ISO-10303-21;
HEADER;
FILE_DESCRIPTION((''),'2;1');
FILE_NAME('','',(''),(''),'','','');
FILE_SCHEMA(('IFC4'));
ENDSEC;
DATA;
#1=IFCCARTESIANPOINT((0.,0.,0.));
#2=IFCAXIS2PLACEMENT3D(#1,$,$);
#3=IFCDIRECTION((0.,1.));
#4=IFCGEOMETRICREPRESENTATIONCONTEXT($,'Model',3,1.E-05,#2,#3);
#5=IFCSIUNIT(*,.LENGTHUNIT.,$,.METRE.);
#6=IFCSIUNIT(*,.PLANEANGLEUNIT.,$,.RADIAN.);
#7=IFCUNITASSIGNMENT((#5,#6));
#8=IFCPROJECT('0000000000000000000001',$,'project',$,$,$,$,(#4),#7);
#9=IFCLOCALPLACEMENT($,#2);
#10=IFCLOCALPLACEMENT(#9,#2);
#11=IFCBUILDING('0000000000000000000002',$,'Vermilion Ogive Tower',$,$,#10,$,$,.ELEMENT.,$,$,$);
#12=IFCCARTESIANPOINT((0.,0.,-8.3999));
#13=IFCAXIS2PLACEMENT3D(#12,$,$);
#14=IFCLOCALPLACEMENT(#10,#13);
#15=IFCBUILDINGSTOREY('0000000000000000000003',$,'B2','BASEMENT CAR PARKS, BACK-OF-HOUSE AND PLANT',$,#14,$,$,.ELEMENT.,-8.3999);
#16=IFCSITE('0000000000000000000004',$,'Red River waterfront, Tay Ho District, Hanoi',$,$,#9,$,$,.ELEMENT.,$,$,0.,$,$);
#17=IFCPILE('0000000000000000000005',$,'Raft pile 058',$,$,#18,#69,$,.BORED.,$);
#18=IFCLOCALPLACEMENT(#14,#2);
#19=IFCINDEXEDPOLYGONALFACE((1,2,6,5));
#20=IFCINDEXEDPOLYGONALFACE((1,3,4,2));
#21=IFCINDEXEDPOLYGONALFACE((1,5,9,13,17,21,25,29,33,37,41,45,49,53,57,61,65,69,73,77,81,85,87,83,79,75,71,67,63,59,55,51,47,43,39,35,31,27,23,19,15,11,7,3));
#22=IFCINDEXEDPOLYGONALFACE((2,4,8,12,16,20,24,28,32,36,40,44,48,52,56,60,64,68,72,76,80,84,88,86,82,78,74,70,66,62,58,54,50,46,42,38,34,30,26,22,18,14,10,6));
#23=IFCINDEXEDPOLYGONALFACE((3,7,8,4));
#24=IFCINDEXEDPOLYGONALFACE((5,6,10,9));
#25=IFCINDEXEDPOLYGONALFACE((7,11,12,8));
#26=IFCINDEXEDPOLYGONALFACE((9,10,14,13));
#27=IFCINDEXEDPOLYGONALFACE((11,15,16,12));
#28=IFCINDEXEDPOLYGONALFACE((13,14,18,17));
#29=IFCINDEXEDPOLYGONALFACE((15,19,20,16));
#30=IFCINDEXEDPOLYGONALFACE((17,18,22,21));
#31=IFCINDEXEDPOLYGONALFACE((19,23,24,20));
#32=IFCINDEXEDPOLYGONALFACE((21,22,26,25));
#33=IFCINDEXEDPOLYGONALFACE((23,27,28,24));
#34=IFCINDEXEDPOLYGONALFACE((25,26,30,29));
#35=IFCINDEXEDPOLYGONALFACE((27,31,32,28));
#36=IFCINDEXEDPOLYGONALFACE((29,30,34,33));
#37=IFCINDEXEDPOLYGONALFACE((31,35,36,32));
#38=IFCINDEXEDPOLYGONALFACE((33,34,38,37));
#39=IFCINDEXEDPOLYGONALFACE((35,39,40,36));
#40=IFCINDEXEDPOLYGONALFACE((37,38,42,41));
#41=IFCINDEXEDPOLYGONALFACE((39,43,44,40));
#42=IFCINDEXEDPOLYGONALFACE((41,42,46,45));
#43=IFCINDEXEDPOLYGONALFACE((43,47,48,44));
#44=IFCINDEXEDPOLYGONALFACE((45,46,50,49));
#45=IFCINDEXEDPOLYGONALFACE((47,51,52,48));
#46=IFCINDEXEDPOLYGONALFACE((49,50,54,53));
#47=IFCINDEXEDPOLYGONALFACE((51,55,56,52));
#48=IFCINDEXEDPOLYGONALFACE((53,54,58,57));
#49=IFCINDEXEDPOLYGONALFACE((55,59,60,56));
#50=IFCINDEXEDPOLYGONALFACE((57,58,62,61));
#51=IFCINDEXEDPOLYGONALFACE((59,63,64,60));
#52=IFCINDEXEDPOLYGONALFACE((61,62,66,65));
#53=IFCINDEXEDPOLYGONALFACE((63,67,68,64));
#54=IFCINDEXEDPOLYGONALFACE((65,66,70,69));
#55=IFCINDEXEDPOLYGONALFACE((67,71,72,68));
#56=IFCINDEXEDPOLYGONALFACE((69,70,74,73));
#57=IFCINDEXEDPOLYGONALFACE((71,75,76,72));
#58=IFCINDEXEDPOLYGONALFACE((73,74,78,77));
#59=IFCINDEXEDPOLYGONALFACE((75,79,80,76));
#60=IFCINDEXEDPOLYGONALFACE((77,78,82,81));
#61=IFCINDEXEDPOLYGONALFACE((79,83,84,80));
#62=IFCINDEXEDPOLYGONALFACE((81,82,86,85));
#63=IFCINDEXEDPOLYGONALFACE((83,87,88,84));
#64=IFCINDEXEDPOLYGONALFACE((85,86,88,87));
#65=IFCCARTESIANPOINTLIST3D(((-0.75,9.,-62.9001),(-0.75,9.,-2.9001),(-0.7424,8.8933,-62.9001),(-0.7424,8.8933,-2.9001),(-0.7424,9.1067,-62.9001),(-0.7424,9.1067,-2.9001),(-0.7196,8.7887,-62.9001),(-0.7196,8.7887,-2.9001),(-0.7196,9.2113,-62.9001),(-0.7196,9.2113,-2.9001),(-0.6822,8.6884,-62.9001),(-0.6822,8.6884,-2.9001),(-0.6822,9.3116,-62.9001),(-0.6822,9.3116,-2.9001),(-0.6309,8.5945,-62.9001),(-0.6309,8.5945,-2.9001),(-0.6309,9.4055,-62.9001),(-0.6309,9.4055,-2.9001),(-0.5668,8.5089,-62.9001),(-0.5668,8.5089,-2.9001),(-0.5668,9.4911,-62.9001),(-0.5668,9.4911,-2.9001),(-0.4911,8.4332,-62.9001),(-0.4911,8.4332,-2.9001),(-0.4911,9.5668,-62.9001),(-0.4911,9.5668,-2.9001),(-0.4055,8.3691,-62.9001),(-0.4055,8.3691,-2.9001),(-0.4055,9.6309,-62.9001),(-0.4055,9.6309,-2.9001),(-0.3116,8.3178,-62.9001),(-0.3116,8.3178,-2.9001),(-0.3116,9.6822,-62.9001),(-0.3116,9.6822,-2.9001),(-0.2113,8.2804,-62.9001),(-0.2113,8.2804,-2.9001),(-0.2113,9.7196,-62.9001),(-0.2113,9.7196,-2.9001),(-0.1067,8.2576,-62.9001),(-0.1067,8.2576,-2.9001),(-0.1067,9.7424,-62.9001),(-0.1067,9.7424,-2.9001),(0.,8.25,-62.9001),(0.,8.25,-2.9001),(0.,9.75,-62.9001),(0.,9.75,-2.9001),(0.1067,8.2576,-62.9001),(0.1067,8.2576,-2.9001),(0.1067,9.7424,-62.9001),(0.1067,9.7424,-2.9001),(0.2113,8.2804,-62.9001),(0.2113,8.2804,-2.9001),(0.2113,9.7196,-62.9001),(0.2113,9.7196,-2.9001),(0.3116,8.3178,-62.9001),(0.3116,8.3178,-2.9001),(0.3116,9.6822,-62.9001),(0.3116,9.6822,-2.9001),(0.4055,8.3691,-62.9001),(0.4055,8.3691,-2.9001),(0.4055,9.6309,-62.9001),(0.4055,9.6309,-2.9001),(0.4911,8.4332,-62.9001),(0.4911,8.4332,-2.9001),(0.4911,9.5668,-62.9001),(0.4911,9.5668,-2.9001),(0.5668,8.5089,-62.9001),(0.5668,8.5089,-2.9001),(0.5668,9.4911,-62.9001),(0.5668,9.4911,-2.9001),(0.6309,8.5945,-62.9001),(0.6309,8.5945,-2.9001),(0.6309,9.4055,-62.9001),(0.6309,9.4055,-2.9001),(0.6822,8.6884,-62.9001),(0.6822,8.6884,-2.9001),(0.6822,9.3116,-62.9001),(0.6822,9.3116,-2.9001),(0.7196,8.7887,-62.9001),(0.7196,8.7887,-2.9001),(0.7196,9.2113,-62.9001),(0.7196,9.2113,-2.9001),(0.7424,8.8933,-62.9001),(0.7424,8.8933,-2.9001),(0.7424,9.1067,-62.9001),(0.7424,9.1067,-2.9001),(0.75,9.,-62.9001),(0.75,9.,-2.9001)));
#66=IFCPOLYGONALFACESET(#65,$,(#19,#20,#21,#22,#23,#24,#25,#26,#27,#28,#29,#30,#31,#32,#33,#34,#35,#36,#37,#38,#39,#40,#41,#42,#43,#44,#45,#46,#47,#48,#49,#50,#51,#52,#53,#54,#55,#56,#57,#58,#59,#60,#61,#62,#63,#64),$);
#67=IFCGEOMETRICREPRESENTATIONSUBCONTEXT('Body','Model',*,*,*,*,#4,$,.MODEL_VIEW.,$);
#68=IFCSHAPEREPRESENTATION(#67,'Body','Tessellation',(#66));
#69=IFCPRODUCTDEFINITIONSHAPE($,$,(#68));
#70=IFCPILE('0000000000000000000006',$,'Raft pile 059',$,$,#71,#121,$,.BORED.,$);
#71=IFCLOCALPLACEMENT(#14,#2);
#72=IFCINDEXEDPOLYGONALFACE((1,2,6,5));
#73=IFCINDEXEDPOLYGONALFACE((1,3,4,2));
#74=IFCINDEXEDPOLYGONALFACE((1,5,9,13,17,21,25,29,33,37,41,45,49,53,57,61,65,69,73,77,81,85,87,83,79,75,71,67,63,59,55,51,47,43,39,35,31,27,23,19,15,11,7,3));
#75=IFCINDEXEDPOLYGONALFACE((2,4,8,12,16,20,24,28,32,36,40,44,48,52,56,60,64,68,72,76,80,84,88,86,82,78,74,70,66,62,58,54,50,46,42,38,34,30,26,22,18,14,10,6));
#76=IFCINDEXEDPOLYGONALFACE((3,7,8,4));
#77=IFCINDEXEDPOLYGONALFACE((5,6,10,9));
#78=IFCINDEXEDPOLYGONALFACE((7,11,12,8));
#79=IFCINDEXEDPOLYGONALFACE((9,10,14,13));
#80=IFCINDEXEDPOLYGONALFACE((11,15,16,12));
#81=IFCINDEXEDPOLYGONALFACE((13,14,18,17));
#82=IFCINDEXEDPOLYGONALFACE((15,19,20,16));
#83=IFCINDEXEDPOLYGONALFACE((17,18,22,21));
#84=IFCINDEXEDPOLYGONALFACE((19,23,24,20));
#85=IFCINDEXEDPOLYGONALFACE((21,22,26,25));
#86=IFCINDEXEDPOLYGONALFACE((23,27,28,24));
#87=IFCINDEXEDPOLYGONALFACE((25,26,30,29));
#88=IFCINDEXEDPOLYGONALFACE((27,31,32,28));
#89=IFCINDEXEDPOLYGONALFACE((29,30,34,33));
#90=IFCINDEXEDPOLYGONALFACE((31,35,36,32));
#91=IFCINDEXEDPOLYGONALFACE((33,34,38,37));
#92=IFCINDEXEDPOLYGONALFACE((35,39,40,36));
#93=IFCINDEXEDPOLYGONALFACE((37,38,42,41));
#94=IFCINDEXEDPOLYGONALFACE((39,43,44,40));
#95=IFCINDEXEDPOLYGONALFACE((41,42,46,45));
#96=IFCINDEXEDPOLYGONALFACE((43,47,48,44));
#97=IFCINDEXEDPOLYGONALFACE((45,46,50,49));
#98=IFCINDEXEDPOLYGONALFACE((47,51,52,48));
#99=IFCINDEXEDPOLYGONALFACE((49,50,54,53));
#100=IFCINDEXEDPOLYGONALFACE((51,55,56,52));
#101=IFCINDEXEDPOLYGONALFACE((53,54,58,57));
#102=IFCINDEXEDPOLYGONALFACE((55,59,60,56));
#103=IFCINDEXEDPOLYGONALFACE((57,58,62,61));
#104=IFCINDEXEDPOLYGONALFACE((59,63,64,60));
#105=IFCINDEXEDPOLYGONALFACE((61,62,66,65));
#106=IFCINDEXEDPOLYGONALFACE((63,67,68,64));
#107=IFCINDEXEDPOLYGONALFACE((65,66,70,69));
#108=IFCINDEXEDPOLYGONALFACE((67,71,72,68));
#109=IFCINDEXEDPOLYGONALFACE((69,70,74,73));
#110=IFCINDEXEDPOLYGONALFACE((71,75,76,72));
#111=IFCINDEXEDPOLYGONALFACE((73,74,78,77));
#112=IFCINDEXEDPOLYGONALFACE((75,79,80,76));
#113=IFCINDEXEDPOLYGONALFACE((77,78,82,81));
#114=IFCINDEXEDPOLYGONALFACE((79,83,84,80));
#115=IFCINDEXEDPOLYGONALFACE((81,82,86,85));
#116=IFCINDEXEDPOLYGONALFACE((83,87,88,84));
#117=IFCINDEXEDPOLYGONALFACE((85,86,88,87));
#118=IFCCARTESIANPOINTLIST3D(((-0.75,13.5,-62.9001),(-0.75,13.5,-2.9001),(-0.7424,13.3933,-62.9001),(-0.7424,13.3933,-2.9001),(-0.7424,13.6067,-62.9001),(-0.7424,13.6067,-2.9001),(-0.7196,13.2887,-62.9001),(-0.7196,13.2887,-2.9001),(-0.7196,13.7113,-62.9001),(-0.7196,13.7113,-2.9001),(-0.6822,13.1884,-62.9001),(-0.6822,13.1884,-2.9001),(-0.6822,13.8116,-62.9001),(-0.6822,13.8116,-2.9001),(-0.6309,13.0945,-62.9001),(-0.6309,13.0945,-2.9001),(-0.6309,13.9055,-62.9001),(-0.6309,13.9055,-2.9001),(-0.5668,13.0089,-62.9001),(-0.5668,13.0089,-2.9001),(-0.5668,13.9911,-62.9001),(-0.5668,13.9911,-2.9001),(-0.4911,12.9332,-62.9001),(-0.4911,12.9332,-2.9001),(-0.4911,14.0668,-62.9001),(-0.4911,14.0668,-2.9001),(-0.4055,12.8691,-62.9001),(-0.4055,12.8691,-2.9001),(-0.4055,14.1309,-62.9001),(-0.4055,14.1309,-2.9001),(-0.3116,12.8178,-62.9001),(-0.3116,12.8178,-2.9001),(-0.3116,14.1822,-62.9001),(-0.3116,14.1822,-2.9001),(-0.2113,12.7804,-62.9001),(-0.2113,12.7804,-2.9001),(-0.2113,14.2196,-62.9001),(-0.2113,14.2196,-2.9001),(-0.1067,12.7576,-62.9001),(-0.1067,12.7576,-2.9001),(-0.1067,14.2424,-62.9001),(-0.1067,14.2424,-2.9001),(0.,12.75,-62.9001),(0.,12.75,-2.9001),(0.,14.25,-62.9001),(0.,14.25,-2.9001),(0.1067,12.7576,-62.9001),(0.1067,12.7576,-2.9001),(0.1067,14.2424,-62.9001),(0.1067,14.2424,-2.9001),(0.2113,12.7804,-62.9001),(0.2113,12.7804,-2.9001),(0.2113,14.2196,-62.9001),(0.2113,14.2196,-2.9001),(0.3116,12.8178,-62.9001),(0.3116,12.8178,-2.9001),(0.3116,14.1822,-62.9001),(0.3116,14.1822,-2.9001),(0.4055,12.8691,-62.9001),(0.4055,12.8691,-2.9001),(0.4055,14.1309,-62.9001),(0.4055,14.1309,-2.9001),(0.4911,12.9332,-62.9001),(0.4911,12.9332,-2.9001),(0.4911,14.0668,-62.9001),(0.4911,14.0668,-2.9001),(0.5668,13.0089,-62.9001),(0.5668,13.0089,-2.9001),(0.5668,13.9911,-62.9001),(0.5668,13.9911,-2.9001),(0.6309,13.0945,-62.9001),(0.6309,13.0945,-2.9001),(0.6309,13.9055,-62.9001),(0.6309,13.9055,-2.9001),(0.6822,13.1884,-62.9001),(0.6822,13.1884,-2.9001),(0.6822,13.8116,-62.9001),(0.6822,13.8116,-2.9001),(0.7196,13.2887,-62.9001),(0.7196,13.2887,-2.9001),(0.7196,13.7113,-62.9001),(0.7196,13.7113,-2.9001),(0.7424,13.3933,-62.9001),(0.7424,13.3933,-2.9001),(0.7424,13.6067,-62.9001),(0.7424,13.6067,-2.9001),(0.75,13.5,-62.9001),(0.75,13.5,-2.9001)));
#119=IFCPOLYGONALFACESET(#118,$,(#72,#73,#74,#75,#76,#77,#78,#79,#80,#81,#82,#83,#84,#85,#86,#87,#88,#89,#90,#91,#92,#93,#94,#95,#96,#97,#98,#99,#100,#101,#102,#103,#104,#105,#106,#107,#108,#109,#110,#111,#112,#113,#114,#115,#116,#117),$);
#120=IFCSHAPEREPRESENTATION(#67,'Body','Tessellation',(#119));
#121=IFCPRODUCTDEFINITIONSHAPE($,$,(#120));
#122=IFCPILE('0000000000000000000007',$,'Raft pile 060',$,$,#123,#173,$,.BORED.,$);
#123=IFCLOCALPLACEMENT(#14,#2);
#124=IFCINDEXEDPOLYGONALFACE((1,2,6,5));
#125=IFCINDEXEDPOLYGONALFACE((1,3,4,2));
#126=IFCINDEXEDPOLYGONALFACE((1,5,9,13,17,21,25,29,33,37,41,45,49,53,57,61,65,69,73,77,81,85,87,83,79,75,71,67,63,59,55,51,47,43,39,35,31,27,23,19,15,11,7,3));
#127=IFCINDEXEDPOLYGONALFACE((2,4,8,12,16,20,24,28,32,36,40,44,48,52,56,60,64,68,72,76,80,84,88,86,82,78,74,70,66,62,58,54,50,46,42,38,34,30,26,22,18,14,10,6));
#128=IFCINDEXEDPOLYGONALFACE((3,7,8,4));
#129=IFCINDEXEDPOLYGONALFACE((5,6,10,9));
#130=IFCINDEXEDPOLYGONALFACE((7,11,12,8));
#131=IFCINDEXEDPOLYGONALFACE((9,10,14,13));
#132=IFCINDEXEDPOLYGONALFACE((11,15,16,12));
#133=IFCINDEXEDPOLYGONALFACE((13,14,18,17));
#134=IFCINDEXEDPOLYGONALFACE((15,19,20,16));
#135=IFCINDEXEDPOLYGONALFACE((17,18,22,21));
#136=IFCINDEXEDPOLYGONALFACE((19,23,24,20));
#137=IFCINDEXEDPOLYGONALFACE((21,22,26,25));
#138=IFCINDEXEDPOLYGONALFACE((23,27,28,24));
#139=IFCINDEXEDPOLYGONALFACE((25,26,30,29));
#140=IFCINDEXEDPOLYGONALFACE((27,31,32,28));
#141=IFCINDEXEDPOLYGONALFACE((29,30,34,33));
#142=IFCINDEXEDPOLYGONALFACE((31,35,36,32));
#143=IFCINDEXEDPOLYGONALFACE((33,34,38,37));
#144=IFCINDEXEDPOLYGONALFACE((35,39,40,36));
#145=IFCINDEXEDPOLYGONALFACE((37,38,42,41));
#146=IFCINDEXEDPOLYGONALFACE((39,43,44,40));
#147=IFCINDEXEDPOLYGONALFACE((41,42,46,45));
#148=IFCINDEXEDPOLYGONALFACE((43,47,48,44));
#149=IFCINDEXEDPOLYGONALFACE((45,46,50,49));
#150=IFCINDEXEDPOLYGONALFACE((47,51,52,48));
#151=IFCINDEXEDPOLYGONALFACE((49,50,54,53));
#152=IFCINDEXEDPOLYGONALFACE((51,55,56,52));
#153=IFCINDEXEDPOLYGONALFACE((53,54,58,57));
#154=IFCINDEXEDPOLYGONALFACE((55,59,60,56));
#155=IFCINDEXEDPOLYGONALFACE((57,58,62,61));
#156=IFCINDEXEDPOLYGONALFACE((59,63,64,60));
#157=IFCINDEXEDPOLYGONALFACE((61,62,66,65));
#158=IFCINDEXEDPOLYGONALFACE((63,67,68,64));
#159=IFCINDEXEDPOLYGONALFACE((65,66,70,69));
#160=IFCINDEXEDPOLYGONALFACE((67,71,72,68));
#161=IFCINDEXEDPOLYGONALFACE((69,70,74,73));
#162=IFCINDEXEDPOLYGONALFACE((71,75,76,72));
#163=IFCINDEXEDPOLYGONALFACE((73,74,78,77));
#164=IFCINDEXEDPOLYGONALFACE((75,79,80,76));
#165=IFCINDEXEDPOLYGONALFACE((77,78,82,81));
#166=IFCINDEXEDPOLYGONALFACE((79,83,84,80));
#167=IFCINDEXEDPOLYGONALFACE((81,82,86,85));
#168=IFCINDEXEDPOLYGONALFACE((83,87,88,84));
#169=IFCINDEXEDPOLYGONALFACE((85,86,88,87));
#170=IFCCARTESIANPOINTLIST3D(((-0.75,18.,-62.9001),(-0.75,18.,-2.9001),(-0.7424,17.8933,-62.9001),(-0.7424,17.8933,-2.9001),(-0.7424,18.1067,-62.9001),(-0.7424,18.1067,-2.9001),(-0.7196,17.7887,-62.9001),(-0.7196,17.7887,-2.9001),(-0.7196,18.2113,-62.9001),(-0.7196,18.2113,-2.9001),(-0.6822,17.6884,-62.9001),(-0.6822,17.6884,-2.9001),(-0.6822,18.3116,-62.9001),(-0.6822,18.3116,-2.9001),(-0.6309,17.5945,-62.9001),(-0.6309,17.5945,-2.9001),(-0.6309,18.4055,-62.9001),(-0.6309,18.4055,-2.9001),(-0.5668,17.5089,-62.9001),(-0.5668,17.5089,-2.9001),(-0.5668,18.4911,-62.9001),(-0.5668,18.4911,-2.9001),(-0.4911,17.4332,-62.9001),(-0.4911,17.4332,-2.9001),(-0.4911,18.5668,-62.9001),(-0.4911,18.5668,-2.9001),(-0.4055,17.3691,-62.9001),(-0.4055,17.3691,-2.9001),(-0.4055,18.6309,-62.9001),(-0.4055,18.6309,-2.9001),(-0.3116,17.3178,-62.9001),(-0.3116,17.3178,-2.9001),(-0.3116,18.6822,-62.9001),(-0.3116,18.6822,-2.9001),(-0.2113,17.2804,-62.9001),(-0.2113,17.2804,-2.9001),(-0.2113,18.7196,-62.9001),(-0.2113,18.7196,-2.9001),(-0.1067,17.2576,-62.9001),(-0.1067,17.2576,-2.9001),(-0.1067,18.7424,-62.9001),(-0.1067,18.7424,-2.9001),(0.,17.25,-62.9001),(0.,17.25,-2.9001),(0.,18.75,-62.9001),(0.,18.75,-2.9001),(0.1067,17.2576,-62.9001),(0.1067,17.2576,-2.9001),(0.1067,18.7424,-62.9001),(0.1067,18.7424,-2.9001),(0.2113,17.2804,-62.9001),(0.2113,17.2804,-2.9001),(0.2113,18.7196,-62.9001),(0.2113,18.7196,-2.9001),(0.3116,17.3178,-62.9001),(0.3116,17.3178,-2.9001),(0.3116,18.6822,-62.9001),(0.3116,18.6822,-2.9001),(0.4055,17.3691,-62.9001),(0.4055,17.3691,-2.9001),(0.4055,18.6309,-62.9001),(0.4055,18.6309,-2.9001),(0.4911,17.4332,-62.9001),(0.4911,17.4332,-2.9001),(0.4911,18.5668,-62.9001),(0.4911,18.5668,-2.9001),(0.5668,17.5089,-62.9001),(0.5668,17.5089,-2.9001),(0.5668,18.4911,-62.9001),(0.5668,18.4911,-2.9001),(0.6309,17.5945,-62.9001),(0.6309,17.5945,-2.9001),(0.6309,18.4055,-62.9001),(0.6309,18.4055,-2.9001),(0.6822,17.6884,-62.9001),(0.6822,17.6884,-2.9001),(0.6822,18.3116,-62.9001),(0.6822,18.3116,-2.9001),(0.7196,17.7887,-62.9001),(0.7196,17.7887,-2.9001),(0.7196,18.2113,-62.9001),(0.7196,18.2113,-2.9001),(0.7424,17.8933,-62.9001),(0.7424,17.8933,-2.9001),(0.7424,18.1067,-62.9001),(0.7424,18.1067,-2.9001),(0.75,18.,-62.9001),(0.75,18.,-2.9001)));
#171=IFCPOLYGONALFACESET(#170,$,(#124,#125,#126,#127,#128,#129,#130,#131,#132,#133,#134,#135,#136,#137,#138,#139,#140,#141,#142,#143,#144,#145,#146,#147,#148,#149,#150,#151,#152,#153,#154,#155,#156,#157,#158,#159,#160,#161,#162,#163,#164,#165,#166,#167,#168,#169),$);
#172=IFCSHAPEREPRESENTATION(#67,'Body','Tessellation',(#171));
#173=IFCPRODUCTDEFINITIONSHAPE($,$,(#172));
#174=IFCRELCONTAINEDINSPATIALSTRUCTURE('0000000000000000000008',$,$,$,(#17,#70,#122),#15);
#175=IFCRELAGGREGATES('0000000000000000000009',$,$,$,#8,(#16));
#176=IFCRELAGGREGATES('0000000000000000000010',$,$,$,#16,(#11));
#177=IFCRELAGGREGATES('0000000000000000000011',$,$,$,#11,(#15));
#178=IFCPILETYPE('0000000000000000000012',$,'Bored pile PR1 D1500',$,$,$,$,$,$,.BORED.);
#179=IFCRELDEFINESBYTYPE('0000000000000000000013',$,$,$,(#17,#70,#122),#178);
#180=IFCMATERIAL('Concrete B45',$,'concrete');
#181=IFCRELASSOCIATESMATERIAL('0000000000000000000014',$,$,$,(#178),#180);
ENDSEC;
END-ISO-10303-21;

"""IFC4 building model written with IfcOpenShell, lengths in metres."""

from ifc_helpers import new_model, si_unit, direction, frame, origin, origin_2d, place, context, subcontext, project, spatial, circle, extrude, material, type_object, element, save


model = new_model("IFC4")

# Units and contexts
model_context = context("Model", 3, precision=1e-05, world=origin(), true_north=direction((0.0, 1.0)))
body_context = subcontext(model_context, "Body", "Model", "MODEL_VIEW")
ifc_project = project(units=[si_unit("LENGTHUNIT", "METRE"), si_unit("PLANEANGLEUNIT", "RADIAN")], contexts=[model_context])

# Site, building, storey
site_placement = place(None, origin())
site = spatial("IfcSite", under=ifc_project, at=site_placement, Name="Red River waterfront, Tay Ho District, Hanoi", CompositionType="ELEMENT", RefElevation=0.0)
building_placement = place(site_placement, origin())
building = spatial("IfcBuilding", under=site, at=building_placement, Name="Vermilion Ogive Tower", CompositionType="ELEMENT")
storey_placement = place(building_placement, frame((0.0, 0.0, -8.3999)))
storey = spatial("IfcBuildingStorey", under=building, at=storey_placement, Name="B2", Description="BASEMENT CAR PARKS, BACK-OF-HOUSE AND PLANT", CompositionType="ELEMENT", Elevation=-8.3999)

# Piles
ifc_material_1 = material(Name="Concrete B45", Category="concrete")
pile_type_1 = type_object("IfcPileType", Name="Bored pile PR1 D1500", PredefinedType="BORED", material=ifc_material_1)
for number, where, z_axis, x_axis, name in (
    (1, (0.0, 9.0, -2.9001), (0.0, 0.0, -1.0), (1.0, 0.0, 0.0), "Raft pile 058"),
    (2, (0.0, 13.5, -2.9001), (0.0, 0.0, -1.0), (1.0, 0.0, 0.0), "Raft pile 059"),
    (3, (0.0, 18.0, -2.9001), (0.0, 0.0, -1.0), (1.0, 0.0, 0.0), "Raft pile 060"),
):
    element("IfcPile", number, at=place(storey_placement, frame(where, z_axis=z_axis, x_axis=x_axis)), inside=storey, type_object=pile_type_1, Name=name, PredefinedType="BORED", context=body_context, shape_type="SweptSolid", body=[
        extrude(circle(Radius=0.75, at=origin_2d()), origin(), (0.0, 0.0, 1.0), 60.0),
    ])

save(model, "model.ifc")
